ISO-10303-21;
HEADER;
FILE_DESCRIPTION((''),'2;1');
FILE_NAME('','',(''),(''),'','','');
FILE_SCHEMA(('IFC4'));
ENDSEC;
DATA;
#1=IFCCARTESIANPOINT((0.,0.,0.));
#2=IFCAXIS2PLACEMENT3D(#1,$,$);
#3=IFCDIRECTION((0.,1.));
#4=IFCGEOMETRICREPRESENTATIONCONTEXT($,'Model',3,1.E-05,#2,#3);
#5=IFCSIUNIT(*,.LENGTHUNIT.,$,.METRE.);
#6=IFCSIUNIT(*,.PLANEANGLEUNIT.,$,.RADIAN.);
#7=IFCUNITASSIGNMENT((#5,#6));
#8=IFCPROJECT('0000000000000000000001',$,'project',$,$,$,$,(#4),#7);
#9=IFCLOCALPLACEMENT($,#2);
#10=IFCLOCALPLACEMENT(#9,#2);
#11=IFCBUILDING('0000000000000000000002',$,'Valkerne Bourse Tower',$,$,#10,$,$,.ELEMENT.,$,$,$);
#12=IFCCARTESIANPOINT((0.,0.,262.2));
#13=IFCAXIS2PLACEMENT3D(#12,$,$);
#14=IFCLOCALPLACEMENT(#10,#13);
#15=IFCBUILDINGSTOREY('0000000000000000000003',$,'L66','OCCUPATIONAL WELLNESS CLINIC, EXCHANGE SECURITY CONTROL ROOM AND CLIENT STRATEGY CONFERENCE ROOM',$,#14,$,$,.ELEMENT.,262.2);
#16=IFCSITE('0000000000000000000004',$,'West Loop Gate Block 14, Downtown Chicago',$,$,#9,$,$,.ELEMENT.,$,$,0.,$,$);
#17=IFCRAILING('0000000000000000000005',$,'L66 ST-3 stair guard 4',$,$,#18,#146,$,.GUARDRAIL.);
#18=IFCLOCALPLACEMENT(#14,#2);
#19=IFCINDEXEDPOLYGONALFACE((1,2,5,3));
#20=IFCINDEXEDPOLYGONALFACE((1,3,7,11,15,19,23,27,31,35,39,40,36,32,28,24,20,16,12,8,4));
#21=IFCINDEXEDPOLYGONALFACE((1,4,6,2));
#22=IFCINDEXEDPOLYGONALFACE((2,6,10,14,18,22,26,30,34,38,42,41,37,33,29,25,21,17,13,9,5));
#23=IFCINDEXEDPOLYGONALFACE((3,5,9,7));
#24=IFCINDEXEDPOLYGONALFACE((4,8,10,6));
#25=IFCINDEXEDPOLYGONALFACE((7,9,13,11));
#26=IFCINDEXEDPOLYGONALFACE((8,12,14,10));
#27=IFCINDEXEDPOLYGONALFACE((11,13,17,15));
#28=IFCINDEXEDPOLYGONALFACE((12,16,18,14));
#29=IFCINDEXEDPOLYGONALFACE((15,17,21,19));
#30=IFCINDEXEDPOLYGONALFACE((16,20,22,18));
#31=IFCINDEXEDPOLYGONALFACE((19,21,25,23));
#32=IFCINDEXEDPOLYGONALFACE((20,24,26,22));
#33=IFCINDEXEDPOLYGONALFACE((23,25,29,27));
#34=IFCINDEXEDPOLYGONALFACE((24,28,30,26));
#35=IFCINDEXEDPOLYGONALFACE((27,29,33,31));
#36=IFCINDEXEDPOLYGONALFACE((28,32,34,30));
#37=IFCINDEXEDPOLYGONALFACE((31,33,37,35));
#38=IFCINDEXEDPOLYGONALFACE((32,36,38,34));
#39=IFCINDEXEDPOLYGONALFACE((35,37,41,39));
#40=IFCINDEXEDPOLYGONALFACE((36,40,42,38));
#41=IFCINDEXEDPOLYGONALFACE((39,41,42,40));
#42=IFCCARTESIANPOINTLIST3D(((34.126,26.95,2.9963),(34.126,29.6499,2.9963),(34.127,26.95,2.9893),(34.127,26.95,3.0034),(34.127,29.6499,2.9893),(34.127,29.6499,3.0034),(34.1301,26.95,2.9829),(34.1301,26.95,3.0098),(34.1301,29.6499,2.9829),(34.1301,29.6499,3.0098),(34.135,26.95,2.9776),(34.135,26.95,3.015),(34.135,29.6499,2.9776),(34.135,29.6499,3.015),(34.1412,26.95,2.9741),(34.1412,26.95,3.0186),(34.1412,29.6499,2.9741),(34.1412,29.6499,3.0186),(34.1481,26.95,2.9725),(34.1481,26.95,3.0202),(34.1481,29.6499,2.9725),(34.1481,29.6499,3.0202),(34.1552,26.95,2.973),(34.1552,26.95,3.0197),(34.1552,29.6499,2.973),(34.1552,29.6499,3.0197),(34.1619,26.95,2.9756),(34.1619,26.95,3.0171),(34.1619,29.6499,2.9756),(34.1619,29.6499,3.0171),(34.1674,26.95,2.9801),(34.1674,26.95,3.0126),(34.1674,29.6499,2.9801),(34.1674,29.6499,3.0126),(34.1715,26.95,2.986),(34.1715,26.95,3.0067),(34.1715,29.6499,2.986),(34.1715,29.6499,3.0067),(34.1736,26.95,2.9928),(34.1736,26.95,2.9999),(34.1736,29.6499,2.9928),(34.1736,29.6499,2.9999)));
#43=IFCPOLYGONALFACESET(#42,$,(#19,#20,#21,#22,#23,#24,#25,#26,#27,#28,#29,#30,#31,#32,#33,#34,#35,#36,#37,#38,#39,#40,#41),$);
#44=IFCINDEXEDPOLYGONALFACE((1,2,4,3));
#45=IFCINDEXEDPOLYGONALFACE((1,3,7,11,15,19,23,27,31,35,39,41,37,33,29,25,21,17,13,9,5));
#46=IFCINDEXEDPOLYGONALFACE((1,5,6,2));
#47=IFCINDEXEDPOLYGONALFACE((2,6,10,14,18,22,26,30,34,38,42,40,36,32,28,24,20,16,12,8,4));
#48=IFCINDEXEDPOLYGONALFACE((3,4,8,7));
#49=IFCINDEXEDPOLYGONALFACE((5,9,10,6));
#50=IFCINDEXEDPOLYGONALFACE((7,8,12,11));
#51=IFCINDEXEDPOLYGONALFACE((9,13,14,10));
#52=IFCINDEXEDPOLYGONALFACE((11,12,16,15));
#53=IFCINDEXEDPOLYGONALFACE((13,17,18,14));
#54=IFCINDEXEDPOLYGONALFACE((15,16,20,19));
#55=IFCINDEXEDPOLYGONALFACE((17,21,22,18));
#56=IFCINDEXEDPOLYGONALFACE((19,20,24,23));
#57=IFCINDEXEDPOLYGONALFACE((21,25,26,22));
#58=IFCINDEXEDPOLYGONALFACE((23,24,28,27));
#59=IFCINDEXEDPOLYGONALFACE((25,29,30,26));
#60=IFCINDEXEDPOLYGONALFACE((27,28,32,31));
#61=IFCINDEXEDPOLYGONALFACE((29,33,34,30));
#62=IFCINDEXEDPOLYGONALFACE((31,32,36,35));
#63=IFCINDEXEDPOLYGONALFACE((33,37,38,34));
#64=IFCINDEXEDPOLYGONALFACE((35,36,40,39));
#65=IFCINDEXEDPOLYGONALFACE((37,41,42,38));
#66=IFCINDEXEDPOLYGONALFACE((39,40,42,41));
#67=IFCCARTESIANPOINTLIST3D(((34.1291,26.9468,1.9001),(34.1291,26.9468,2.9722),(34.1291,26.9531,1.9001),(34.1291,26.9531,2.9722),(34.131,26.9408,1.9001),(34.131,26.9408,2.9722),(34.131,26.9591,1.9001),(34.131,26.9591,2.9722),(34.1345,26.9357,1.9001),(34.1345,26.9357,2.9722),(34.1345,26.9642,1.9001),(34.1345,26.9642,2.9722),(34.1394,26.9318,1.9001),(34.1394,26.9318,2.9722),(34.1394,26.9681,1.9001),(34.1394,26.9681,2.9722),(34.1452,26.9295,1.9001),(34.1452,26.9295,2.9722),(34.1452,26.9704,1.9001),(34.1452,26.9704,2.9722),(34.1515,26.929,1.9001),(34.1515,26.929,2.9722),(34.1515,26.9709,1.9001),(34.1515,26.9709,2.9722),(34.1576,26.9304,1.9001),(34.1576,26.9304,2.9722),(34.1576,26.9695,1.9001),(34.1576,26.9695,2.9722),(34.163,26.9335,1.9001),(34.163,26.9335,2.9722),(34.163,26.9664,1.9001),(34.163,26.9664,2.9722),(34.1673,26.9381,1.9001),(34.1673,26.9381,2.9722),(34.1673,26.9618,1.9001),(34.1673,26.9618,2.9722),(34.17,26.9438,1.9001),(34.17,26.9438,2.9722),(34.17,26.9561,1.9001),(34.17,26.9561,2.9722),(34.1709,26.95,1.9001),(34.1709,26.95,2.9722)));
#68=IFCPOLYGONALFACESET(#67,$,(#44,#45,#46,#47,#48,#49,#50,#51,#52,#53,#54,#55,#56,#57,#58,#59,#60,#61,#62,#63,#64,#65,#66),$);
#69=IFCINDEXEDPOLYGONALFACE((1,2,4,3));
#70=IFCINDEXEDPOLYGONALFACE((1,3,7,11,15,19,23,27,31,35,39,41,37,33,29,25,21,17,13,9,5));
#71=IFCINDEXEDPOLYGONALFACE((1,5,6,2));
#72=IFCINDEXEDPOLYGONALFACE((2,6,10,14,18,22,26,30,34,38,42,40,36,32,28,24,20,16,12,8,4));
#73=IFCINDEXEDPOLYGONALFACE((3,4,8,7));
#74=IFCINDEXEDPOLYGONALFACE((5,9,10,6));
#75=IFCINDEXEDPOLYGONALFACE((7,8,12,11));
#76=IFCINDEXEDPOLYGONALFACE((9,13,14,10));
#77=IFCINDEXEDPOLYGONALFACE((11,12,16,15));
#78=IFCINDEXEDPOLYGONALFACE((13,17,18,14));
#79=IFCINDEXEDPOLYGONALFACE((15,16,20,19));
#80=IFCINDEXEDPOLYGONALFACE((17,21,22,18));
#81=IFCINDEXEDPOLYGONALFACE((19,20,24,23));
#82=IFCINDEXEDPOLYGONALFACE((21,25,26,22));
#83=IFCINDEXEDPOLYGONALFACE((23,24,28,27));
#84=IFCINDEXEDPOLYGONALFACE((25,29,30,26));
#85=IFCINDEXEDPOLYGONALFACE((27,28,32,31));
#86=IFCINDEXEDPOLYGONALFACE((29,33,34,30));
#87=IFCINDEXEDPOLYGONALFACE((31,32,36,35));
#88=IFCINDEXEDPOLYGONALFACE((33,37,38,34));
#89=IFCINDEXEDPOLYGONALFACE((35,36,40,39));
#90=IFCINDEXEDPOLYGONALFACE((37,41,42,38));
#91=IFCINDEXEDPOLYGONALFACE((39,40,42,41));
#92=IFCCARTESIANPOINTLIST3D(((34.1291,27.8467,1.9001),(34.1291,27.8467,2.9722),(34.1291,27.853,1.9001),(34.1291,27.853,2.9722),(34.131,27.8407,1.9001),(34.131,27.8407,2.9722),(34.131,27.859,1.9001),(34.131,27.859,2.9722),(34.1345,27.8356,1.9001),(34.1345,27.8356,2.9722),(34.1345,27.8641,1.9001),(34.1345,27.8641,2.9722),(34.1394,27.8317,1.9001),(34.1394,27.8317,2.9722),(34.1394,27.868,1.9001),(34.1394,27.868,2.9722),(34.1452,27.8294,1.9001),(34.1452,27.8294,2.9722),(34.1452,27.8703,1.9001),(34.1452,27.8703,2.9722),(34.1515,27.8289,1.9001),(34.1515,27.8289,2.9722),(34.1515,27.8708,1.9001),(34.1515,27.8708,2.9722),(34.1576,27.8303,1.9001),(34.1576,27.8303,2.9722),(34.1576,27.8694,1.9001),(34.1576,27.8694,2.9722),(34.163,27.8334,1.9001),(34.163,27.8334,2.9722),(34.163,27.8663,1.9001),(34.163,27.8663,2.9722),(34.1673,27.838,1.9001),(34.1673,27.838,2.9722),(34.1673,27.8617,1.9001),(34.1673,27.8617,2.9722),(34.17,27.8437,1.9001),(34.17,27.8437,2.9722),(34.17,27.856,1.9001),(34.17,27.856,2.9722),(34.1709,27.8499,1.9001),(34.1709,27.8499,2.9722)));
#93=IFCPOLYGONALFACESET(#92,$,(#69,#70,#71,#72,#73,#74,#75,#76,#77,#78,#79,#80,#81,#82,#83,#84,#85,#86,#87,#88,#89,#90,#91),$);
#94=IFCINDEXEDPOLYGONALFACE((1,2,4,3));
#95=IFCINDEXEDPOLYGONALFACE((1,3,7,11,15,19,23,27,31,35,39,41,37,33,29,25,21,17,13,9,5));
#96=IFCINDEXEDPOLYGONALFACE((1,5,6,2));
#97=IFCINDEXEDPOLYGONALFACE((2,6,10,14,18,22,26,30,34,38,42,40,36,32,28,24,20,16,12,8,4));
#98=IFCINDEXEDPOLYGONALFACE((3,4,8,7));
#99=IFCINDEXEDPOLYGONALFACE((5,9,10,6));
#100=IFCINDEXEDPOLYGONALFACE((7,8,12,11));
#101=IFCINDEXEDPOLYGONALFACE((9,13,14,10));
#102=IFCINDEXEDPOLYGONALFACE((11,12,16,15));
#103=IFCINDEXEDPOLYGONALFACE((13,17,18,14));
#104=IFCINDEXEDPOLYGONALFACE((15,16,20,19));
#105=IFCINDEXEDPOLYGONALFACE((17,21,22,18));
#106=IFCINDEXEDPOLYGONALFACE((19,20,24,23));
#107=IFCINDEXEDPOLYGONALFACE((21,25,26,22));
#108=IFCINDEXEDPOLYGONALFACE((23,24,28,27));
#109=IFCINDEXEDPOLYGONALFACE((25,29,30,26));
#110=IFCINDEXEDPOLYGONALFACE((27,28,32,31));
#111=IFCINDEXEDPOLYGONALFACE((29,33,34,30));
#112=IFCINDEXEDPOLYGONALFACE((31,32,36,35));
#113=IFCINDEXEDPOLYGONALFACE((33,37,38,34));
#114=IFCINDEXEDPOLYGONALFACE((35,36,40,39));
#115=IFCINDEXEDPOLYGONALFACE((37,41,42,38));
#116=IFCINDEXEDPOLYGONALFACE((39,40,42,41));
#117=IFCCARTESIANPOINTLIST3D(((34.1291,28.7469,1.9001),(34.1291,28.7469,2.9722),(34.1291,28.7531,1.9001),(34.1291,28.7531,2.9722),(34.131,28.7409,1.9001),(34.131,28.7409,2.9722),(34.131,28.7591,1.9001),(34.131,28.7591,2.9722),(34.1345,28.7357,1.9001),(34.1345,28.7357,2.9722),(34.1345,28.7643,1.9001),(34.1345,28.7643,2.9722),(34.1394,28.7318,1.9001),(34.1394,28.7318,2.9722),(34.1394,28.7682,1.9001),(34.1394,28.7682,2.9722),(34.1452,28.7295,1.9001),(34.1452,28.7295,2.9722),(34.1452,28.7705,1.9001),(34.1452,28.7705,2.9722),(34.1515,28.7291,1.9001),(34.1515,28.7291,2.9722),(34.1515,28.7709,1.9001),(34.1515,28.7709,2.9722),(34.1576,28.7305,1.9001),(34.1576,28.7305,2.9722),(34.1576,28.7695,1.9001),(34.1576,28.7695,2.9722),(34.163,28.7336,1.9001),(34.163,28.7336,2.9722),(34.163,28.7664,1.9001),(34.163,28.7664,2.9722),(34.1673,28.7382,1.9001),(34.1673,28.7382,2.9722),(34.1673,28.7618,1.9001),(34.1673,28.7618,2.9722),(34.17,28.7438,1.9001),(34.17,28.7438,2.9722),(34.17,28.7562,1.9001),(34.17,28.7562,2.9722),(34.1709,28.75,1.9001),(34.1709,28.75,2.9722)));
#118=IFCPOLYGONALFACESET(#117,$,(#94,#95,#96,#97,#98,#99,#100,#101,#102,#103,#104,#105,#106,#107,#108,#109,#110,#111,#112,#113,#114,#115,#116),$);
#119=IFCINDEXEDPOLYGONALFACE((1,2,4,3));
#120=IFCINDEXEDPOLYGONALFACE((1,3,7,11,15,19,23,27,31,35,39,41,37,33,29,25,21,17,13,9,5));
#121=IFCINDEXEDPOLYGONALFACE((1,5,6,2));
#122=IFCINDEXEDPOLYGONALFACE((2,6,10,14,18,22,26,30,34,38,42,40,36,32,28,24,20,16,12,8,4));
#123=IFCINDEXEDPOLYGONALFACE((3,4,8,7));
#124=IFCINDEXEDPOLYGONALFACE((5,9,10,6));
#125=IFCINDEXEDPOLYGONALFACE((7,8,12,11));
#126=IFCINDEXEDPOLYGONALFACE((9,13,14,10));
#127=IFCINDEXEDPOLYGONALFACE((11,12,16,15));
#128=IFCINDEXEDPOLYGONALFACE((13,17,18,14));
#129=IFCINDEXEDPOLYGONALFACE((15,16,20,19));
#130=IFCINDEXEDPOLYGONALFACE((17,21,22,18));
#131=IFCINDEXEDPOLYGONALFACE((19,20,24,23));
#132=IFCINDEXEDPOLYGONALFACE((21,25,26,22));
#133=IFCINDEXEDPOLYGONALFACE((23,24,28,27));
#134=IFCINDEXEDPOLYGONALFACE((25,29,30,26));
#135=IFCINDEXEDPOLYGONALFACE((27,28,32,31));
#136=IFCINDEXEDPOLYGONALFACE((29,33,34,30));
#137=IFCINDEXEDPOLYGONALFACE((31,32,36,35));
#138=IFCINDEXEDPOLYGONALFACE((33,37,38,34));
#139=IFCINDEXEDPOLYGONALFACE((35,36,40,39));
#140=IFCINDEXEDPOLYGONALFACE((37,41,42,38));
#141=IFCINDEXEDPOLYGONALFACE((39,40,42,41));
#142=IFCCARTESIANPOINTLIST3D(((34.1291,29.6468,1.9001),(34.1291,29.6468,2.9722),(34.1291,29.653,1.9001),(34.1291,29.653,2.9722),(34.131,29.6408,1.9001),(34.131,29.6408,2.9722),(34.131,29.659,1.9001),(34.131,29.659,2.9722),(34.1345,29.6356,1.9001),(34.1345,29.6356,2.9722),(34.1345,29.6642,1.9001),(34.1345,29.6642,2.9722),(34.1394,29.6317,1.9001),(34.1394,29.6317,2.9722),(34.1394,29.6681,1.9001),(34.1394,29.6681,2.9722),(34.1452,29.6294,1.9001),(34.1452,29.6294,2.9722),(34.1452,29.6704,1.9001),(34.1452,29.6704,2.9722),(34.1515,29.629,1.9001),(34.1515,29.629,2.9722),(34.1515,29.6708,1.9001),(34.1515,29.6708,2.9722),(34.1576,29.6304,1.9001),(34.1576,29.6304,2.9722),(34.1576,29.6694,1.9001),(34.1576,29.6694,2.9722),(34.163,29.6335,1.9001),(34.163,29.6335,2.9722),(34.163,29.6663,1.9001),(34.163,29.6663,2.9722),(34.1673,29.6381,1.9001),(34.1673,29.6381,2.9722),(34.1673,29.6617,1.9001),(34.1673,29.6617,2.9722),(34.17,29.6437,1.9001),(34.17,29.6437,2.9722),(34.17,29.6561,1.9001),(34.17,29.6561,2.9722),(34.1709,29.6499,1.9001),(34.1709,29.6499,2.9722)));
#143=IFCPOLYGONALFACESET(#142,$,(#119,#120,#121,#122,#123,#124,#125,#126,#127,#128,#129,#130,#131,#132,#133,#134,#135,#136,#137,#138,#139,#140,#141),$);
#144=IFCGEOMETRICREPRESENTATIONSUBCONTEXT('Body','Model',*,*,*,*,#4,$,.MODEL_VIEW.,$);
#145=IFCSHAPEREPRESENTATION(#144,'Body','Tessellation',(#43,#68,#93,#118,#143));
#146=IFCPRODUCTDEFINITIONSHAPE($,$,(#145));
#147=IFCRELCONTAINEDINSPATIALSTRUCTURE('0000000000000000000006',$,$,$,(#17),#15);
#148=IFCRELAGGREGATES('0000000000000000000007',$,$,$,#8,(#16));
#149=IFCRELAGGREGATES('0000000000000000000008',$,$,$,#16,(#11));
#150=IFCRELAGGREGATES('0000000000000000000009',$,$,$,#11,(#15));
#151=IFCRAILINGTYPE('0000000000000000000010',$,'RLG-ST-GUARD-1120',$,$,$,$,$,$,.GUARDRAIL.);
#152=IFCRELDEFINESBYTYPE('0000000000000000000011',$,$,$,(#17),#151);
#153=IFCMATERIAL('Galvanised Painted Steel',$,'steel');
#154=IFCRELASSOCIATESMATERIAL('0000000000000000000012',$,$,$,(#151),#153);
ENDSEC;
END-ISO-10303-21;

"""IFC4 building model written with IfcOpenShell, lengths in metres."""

from ifc_helpers import new_model, si_unit, direction, frame, origin, origin_2d, place, context, subcontext, project, spatial, circle, extrude, material, type_object, element, save


model = new_model("IFC4")

# Units and contexts
model_context = context("Model", 3, precision=1e-05, world=origin(), true_north=direction((0.0, 1.0)))
body_context = subcontext(model_context, "Body", "Model", "MODEL_VIEW")
ifc_project = project(units=[si_unit("LENGTHUNIT", "METRE"), si_unit("PLANEANGLEUNIT", "RADIAN")], contexts=[model_context])

# Site, building, storey
site_placement = place(None, origin())
site = spatial("IfcSite", under=ifc_project, at=site_placement, Name="West Loop Gate Block 14, Downtown Chicago", CompositionType="ELEMENT", RefElevation=0.0)
building_placement = place(site_placement, origin())
building = spatial("IfcBuilding", under=site, at=building_placement, Name="Valkerne Bourse Tower", CompositionType="ELEMENT")
storey_placement = place(building_placement, frame((0.0, 0.0, 262.2)))
storey = spatial("IfcBuildingStorey", under=building, at=storey_placement, Name="L66", Description="OCCUPATIONAL WELLNESS CLINIC, EXCHANGE SECURITY CONTROL ROOM AND CLIENT STRATEGY CONFERENCE ROOM", CompositionType="ELEMENT", Elevation=262.2)

# Shared definitions
ifc_material_1 = material(Name="Galvanised Painted Steel", Category="steel")

# Railing
railing_type_1 = type_object("IfcRailingType", Name="RLG-ST-GUARD-1120", PredefinedType="GUARDRAIL", material=ifc_material_1)
railing_1_placement = place(storey_placement, frame((34.1499, 26.95, 1.9001)))
element("IfcRailing", 1, at=railing_1_placement, inside=storey, type_object=railing_type_1, Name="L66 ST-3 stair guard 4", PredefinedType="GUARDRAIL", context=body_context, shape_type="SweptSolid", body=[
    extrude(circle(Radius=0.0239, at=origin_2d()), frame((0.0, 0.0, 1.0962), z_axis=(0.0, 1.0, 0.0), x_axis=(-1.0, 0.0, 0.0)), (0.0, 0.0, 1.0), 2.7),
    extrude(circle(Radius=0.021, at=origin_2d()), origin(), (0.0, 0.0, 1.0), 1.072),
    extrude(circle(Radius=0.021, at=origin_2d()), frame((0.0, 0.8999, 0.0)), (0.0, 0.0, 1.0), 1.072),
    extrude(circle(Radius=0.021, at=origin_2d()), frame((0.0, 1.8, 0.0)), (0.0, 0.0, 1.0), 1.072),
    extrude(circle(Radius=0.021, at=origin_2d()), frame((0.0, 2.7, 0.0)), (0.0, 0.0, 1.0), 1.072),
])

save(model, "model.ifc")
